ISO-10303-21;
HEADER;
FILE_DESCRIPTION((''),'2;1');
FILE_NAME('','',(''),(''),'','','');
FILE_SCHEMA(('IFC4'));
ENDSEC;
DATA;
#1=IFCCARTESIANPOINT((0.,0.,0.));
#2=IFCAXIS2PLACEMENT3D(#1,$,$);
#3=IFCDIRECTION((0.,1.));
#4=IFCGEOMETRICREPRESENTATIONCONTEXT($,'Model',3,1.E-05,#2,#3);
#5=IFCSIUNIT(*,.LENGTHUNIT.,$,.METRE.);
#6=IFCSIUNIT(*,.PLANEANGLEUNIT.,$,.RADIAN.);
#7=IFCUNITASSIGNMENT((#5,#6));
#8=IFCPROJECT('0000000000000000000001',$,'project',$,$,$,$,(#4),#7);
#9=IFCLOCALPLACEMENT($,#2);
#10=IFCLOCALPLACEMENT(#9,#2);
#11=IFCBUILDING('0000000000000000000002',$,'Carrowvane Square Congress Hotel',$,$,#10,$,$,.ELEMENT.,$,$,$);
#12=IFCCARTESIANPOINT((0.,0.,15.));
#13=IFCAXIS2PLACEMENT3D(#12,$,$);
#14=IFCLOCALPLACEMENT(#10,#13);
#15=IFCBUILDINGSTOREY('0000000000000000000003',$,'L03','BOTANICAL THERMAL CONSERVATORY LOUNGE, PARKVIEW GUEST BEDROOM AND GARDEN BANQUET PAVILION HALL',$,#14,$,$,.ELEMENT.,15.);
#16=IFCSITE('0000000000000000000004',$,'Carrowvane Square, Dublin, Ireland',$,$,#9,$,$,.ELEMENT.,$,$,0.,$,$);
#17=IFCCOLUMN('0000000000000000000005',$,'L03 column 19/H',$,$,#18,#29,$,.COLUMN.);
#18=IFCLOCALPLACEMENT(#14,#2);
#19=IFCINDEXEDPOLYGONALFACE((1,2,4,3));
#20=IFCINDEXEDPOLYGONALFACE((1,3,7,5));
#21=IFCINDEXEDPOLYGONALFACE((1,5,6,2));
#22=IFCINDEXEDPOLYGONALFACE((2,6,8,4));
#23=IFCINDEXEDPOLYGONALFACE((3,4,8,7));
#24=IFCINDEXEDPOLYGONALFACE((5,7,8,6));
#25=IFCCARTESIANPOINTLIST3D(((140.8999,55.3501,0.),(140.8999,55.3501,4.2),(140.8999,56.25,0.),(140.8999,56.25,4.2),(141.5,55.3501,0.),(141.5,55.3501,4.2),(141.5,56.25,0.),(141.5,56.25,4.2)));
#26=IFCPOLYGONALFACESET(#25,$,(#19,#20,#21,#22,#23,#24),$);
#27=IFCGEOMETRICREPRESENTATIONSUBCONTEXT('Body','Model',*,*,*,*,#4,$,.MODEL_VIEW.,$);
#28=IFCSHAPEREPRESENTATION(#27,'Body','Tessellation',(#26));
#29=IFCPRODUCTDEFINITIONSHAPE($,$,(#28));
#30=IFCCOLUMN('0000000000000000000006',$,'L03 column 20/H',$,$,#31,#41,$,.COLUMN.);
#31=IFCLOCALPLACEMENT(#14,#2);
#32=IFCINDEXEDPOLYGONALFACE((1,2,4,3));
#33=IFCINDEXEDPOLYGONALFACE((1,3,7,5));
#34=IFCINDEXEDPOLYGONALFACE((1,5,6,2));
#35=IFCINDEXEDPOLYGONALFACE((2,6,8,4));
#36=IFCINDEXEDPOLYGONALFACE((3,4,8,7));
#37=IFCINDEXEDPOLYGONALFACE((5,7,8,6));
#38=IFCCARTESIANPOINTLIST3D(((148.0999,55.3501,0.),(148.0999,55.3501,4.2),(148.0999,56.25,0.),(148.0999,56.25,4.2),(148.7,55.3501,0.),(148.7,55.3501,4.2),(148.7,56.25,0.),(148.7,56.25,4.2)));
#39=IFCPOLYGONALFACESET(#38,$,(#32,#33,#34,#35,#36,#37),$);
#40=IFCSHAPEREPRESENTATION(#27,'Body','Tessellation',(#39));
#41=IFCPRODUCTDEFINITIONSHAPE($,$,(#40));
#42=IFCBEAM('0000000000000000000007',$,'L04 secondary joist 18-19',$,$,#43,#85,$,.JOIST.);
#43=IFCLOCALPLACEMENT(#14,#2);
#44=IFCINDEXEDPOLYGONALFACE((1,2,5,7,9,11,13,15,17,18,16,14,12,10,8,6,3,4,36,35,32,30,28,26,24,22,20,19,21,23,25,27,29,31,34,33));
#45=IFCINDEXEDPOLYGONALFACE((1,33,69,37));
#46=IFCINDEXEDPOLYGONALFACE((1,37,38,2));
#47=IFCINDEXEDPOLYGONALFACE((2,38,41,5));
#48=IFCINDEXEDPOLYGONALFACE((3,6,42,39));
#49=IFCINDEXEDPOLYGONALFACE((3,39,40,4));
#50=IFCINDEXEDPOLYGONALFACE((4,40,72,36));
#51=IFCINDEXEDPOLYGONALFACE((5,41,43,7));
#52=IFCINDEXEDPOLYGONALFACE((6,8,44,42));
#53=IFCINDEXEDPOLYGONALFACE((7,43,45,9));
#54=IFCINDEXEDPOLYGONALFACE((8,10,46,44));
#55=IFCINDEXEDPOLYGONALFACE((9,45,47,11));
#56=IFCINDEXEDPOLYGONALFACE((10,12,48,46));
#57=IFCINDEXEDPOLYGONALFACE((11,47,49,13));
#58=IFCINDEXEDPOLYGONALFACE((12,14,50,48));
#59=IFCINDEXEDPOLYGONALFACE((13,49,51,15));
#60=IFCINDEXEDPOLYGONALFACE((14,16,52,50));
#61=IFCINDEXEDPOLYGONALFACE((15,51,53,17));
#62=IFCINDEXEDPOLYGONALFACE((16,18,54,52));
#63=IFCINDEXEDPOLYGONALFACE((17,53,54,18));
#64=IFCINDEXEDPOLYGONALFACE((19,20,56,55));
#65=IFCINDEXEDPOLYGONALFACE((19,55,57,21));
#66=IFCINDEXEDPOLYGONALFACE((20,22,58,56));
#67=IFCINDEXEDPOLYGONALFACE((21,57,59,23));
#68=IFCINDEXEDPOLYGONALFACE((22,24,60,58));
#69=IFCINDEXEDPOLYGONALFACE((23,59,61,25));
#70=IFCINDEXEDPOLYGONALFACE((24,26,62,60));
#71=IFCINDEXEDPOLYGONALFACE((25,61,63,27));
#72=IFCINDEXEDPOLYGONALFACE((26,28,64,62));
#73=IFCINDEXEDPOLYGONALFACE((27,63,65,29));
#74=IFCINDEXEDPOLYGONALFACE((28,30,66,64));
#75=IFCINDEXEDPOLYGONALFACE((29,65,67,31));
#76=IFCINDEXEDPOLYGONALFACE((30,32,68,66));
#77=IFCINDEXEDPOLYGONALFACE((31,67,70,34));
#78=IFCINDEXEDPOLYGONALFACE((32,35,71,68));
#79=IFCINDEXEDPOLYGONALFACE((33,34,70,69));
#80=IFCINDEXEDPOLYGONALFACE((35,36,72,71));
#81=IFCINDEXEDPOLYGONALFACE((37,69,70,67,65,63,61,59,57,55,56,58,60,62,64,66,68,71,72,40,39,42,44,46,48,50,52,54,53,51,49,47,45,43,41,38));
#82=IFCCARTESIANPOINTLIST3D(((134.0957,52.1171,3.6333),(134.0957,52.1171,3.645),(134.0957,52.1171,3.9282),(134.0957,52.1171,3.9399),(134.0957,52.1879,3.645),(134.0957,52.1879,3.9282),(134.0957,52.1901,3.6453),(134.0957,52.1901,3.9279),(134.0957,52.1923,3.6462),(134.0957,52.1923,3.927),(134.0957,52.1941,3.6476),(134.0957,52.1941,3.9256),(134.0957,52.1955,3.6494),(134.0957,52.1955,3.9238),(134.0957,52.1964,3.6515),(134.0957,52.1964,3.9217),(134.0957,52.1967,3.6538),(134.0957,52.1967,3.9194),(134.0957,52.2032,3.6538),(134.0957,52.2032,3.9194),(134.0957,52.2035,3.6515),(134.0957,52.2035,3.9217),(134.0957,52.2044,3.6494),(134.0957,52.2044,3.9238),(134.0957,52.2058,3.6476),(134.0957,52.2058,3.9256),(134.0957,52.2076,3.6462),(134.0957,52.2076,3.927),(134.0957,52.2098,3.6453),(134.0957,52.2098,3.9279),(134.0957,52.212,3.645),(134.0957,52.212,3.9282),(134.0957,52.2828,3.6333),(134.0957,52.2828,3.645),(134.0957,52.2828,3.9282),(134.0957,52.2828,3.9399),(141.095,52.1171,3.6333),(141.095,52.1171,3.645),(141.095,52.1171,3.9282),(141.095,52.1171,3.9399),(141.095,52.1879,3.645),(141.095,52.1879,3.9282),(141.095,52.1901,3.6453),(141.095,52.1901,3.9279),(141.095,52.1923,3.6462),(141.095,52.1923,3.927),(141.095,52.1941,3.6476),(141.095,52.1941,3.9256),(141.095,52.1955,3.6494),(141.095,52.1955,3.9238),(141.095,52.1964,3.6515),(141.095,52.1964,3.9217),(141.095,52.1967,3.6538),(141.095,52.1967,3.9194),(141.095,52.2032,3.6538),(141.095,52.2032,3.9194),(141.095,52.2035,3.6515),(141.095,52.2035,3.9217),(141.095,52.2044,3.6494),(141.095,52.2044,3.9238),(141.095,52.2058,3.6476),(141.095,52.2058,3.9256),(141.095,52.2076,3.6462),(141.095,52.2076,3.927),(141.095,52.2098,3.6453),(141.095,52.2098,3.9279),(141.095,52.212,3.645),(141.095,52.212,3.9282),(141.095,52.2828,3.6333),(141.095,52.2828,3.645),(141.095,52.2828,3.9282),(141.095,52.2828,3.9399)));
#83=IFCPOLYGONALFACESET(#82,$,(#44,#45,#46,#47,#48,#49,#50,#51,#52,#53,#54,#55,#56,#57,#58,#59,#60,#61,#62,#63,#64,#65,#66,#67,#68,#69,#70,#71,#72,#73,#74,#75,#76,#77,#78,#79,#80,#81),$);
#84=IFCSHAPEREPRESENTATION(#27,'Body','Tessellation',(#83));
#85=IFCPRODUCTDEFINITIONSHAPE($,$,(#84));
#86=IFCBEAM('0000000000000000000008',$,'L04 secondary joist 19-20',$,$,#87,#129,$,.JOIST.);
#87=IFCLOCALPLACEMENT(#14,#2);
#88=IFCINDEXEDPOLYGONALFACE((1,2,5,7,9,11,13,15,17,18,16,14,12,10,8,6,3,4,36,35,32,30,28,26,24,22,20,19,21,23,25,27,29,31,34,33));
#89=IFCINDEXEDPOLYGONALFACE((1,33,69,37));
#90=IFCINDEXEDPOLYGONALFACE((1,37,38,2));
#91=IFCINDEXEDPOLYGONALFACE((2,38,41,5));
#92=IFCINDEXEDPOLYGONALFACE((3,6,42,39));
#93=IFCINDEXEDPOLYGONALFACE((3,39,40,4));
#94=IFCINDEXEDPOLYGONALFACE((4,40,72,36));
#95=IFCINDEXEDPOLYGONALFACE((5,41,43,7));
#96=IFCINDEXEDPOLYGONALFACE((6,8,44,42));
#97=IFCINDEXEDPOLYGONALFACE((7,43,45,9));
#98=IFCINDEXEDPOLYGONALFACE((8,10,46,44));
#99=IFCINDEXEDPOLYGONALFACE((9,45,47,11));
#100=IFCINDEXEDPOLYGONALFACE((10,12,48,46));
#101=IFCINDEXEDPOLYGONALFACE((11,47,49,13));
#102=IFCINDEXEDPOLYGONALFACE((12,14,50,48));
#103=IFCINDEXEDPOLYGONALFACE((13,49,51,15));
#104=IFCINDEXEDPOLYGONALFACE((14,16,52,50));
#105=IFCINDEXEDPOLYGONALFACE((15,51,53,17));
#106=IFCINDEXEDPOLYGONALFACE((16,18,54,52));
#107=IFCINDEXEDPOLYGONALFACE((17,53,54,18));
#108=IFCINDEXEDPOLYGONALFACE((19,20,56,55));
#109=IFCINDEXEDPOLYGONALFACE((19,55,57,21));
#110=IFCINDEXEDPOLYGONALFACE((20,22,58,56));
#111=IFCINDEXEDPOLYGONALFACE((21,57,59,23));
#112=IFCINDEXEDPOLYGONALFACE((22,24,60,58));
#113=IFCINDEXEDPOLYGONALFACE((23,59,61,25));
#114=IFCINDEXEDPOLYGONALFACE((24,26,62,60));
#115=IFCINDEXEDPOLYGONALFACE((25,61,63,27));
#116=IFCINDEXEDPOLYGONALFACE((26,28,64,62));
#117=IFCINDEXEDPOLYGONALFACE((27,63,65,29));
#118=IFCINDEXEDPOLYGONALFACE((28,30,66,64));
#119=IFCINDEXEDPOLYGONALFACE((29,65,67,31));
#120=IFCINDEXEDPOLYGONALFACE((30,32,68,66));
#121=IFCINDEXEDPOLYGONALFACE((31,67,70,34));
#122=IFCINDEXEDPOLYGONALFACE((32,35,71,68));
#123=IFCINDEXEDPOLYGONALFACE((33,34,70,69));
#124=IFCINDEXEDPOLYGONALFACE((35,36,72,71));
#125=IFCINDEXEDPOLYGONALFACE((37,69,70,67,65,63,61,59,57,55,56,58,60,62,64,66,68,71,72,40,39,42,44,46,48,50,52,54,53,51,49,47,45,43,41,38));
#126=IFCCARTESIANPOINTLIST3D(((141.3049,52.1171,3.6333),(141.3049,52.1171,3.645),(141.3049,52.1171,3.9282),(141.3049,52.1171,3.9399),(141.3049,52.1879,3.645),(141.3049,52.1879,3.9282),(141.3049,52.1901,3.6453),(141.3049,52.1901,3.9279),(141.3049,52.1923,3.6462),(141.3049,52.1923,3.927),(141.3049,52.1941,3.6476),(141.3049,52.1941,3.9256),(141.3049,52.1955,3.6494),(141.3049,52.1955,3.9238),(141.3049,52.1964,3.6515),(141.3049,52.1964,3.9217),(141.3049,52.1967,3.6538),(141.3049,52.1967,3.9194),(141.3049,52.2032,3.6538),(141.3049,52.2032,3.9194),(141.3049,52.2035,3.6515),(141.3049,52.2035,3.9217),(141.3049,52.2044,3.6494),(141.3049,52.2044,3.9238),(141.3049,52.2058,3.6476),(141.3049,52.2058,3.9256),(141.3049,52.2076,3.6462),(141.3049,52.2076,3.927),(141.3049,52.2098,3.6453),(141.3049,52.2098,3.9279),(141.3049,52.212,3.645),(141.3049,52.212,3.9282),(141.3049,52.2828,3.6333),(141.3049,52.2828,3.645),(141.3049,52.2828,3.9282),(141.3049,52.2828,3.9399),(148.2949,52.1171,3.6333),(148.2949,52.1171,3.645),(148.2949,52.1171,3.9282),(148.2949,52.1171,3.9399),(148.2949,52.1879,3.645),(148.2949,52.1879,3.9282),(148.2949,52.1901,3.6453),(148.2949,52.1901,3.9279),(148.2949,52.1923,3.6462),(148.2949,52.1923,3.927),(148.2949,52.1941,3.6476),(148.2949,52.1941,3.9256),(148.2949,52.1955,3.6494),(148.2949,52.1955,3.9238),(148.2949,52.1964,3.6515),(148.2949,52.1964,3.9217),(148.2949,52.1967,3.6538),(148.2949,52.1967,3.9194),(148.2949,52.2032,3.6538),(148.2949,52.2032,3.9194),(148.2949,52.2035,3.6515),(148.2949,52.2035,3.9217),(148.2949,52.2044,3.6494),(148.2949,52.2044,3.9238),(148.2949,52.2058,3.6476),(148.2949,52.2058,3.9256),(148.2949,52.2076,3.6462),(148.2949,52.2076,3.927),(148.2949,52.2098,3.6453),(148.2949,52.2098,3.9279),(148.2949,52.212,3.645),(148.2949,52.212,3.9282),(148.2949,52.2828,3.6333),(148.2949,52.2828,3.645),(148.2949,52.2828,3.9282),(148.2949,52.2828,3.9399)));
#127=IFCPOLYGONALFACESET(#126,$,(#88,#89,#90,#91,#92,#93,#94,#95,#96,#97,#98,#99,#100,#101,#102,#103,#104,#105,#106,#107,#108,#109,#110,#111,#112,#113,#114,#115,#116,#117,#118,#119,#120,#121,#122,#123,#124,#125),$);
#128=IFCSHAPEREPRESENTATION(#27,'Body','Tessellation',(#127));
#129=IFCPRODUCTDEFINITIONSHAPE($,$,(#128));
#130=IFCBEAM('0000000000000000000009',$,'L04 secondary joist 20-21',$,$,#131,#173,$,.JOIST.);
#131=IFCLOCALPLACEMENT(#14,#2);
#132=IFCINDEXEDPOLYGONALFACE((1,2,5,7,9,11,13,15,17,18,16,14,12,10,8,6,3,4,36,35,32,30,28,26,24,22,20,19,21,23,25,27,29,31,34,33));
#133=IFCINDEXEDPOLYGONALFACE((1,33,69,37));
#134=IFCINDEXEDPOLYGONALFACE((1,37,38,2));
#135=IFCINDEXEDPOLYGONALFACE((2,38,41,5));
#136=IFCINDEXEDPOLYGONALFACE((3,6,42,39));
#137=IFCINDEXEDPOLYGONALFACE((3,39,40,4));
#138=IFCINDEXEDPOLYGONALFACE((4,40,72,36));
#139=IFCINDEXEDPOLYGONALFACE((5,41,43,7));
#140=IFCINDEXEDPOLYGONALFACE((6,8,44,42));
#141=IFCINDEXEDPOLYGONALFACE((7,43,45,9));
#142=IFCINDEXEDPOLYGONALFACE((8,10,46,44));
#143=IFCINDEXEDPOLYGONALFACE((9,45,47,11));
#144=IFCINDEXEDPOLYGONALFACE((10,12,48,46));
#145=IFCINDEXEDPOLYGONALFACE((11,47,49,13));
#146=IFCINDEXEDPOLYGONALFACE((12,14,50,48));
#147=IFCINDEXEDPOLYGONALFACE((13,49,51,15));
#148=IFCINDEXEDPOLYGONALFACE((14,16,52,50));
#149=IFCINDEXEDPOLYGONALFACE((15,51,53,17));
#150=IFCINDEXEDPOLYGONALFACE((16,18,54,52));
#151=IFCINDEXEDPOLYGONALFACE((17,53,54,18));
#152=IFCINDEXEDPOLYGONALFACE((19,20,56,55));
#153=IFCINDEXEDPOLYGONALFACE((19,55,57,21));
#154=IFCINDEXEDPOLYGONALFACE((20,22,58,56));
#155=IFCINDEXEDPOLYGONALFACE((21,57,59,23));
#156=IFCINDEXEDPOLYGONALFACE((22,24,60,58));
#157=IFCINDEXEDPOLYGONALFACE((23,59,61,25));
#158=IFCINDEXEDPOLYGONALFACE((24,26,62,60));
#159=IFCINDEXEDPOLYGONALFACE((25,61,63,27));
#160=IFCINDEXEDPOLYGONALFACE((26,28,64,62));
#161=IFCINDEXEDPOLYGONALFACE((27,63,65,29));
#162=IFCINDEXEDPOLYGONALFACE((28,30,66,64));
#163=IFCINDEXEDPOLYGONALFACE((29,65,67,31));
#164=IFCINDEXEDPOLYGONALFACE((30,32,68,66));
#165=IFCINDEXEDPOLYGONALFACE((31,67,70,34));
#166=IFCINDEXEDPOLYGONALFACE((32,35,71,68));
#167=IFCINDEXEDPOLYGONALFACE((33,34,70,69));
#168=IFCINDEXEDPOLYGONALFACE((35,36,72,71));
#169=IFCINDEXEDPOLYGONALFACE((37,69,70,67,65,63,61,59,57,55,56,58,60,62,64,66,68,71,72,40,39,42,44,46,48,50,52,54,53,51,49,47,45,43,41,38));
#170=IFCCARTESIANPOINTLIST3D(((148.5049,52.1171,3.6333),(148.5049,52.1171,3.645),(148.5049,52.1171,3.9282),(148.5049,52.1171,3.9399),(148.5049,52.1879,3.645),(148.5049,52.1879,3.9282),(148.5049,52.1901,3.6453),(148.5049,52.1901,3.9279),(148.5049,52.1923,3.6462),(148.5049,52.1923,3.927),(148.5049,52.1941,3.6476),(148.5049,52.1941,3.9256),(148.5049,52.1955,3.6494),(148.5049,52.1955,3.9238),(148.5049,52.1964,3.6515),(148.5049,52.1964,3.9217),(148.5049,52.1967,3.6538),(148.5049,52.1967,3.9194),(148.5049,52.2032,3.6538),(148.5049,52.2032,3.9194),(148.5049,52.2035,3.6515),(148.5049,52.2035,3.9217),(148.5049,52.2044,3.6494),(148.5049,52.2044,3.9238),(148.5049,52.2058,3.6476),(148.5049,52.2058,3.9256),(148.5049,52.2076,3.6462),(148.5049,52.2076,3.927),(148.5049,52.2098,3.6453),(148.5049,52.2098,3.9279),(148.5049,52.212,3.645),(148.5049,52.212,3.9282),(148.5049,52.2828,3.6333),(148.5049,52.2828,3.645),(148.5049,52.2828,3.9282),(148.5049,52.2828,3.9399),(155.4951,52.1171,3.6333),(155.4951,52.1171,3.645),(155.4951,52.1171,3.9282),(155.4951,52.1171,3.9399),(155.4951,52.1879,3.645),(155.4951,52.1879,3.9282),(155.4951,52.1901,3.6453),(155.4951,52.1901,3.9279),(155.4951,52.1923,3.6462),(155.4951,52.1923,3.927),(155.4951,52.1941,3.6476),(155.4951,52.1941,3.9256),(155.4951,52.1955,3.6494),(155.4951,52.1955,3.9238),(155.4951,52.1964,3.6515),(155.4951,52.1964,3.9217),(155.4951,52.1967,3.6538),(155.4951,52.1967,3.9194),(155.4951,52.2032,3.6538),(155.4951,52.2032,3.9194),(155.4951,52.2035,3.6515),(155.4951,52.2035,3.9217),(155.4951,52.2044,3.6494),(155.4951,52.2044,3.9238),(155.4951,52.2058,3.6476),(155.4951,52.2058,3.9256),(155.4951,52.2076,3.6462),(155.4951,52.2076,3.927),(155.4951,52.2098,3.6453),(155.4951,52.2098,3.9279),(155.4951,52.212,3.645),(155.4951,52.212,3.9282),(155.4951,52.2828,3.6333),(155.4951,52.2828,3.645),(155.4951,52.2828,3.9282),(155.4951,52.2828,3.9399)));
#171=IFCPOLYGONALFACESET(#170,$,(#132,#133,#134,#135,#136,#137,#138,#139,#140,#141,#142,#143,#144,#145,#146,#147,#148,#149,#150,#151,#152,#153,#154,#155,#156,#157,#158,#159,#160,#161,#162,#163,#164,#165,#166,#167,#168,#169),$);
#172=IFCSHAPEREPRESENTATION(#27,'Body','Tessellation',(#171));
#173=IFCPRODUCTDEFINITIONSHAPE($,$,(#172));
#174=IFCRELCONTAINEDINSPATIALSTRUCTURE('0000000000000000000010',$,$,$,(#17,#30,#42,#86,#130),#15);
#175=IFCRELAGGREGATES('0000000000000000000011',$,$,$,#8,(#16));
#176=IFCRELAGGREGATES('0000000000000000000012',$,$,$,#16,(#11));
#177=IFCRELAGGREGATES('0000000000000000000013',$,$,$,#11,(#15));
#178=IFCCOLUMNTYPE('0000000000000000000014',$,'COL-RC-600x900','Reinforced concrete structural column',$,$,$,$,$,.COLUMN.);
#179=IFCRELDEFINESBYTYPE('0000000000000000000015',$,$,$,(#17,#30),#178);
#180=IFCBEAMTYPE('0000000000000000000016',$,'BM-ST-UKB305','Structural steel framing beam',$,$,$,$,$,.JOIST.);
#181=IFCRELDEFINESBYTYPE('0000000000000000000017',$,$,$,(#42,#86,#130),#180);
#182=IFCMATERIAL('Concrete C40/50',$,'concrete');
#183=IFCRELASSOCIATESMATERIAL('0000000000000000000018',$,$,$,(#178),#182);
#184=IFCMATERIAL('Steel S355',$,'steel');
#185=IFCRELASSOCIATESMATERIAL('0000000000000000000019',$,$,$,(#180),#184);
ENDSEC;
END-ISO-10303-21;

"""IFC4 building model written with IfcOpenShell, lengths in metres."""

from ifc_helpers import new_model, si_unit, direction, frame, origin, origin_2d, place, context, subcontext, project, spatial, rectangle, i_section, extrude, material, material_profile, profile_set, type_object, element, save


model = new_model("IFC4")

# Units and contexts
model_context = context("Model", 3, precision=1e-05, world=origin(), true_north=direction((0.0, 1.0)))
body_context = subcontext(model_context, "Body", "Model", "MODEL_VIEW")
ifc_project = project(units=[si_unit("LENGTHUNIT", "METRE"), si_unit("PLANEANGLEUNIT", "RADIAN")], contexts=[model_context])

# Site, building, storey
site_placement = place(None, origin())
site = spatial("IfcSite", under=ifc_project, at=site_placement, Name="Carrowvane Square, Dublin, Ireland", CompositionType="ELEMENT", RefElevation=0.0)
building_placement = place(site_placement, origin())
building = spatial("IfcBuilding", under=site, at=building_placement, Name="Carrowvane Square Congress Hotel", CompositionType="ELEMENT")
storey_placement = place(building_placement, frame((0.0, 0.0, 15.0)))
storey = spatial("IfcBuildingStorey", under=building, at=storey_placement, Name="L03", Description="BOTANICAL THERMAL CONSERVATORY LOUNGE, PARKVIEW GUEST BEDROOM AND GARDEN BANQUET PAVILION HALL", CompositionType="ELEMENT", Elevation=15.0)

# Columns
ifc_material_1 = material(Name="Concrete C40/50", Category="concrete")
ifc_material_profile_1 = material_profile(ifc_material_1, rectangle(XDim=0.6001, YDim=0.8999, at=origin_2d()), Name="RC 600x900")
ifc_profile_set_1 = profile_set([ifc_material_profile_1], Name="Concrete C40/50")
column_type = type_object("IfcColumnType", Name="COL-RC-600x900", Description="Reinforced concrete structural column", PredefinedType="COLUMN", material=ifc_profile_set_1)
for number, where, z_axis, x_axis, name in (
    (1, (141.2, 55.8, 0.0), (0.0, 0.0, 1.0), (1.0, 0.0, 0.0), "L03 column 19/H"),
    (2, (148.3999, 55.8, 0.0), (0.0, 0.0, 1.0), (1.0, 0.0, 0.0), "L03 column 20/H"),
):
    element("IfcColumn", number, at=place(storey_placement, frame(where, z_axis=z_axis, x_axis=x_axis)), inside=storey, type_object=column_type, Name=name, PredefinedType="COLUMN", context=body_context, shape_type="SweptSolid", body=[
        extrude(rectangle(XDim=0.6001, YDim=0.8999, at=origin_2d()), origin(), (0.0, 0.0, 1.0), 4.2),
    ])

# Beams
ifc_material_2 = material(Name="Steel S355", Category="steel")
ifc_material_profile_2 = material_profile(ifc_material_2, i_section(OverallWidth=0.1658, OverallDepth=0.3066, WebThickness=0.0066, FlangeThickness=0.0117, FilletRadius=0.0088, at=origin_2d()), Name="UKB 305x165x46")
ifc_profile_set_2 = profile_set([ifc_material_profile_2], Name="Steel S355")
beam_type_1 = type_object("IfcBeamType", Name="BM-ST-UKB305", Description="Structural steel framing beam", PredefinedType="JOIST", material=ifc_profile_set_2)
beam_1_placement = place(storey_placement, frame((134.0957, 52.2, 3.7866), z_axis=(1.0, 0.0, 0.0), x_axis=(0.0, 1.0, 0.0)))
element("IfcBeam", 3, at=beam_1_placement, inside=storey, type_object=beam_type_1, Name="L04 secondary joist 18-19", PredefinedType="JOIST", context=body_context, shape_type="SweptSolid", body=[
    extrude(i_section(OverallWidth=0.1658, OverallDepth=0.3066, WebThickness=0.0066, FlangeThickness=0.0117, FilletRadius=0.0088, at=origin_2d()), origin(), (0.0, 0.0, 1.0), 6.9993),
])
beam_2_placement = place(storey_placement, frame((141.3049, 52.2, 3.7866), z_axis=(1.0, 0.0, 0.0), x_axis=(0.0, 1.0, 0.0)))
element("IfcBeam", 4, at=beam_2_placement, inside=storey, type_object=beam_type_1, Name="L04 secondary joist 19-20", PredefinedType="JOIST", context=body_context, shape_type="SweptSolid", body=[
    extrude(i_section(OverallWidth=0.1658, OverallDepth=0.3066, WebThickness=0.0066, FlangeThickness=0.0117, FilletRadius=0.0088, at=origin_2d()), origin(), (0.0, 0.0, 1.0), 6.99),
])
beam_3_placement = place(storey_placement, frame((148.5049, 52.2, 3.7866), z_axis=(1.0, 0.0, 0.0), x_axis=(0.0, 1.0, 0.0)))
element("IfcBeam", 5, at=beam_3_placement, inside=storey, type_object=beam_type_1, Name="L04 secondary joist 20-21", PredefinedType="JOIST", context=body_context, shape_type="SweptSolid", body=[
    extrude(i_section(OverallWidth=0.1658, OverallDepth=0.3066, WebThickness=0.0066, FlangeThickness=0.0117, FilletRadius=0.0088, at=origin_2d()), origin(), (0.0, 0.0, 1.0), 6.9902),
])

save(model, "model.ifc")
